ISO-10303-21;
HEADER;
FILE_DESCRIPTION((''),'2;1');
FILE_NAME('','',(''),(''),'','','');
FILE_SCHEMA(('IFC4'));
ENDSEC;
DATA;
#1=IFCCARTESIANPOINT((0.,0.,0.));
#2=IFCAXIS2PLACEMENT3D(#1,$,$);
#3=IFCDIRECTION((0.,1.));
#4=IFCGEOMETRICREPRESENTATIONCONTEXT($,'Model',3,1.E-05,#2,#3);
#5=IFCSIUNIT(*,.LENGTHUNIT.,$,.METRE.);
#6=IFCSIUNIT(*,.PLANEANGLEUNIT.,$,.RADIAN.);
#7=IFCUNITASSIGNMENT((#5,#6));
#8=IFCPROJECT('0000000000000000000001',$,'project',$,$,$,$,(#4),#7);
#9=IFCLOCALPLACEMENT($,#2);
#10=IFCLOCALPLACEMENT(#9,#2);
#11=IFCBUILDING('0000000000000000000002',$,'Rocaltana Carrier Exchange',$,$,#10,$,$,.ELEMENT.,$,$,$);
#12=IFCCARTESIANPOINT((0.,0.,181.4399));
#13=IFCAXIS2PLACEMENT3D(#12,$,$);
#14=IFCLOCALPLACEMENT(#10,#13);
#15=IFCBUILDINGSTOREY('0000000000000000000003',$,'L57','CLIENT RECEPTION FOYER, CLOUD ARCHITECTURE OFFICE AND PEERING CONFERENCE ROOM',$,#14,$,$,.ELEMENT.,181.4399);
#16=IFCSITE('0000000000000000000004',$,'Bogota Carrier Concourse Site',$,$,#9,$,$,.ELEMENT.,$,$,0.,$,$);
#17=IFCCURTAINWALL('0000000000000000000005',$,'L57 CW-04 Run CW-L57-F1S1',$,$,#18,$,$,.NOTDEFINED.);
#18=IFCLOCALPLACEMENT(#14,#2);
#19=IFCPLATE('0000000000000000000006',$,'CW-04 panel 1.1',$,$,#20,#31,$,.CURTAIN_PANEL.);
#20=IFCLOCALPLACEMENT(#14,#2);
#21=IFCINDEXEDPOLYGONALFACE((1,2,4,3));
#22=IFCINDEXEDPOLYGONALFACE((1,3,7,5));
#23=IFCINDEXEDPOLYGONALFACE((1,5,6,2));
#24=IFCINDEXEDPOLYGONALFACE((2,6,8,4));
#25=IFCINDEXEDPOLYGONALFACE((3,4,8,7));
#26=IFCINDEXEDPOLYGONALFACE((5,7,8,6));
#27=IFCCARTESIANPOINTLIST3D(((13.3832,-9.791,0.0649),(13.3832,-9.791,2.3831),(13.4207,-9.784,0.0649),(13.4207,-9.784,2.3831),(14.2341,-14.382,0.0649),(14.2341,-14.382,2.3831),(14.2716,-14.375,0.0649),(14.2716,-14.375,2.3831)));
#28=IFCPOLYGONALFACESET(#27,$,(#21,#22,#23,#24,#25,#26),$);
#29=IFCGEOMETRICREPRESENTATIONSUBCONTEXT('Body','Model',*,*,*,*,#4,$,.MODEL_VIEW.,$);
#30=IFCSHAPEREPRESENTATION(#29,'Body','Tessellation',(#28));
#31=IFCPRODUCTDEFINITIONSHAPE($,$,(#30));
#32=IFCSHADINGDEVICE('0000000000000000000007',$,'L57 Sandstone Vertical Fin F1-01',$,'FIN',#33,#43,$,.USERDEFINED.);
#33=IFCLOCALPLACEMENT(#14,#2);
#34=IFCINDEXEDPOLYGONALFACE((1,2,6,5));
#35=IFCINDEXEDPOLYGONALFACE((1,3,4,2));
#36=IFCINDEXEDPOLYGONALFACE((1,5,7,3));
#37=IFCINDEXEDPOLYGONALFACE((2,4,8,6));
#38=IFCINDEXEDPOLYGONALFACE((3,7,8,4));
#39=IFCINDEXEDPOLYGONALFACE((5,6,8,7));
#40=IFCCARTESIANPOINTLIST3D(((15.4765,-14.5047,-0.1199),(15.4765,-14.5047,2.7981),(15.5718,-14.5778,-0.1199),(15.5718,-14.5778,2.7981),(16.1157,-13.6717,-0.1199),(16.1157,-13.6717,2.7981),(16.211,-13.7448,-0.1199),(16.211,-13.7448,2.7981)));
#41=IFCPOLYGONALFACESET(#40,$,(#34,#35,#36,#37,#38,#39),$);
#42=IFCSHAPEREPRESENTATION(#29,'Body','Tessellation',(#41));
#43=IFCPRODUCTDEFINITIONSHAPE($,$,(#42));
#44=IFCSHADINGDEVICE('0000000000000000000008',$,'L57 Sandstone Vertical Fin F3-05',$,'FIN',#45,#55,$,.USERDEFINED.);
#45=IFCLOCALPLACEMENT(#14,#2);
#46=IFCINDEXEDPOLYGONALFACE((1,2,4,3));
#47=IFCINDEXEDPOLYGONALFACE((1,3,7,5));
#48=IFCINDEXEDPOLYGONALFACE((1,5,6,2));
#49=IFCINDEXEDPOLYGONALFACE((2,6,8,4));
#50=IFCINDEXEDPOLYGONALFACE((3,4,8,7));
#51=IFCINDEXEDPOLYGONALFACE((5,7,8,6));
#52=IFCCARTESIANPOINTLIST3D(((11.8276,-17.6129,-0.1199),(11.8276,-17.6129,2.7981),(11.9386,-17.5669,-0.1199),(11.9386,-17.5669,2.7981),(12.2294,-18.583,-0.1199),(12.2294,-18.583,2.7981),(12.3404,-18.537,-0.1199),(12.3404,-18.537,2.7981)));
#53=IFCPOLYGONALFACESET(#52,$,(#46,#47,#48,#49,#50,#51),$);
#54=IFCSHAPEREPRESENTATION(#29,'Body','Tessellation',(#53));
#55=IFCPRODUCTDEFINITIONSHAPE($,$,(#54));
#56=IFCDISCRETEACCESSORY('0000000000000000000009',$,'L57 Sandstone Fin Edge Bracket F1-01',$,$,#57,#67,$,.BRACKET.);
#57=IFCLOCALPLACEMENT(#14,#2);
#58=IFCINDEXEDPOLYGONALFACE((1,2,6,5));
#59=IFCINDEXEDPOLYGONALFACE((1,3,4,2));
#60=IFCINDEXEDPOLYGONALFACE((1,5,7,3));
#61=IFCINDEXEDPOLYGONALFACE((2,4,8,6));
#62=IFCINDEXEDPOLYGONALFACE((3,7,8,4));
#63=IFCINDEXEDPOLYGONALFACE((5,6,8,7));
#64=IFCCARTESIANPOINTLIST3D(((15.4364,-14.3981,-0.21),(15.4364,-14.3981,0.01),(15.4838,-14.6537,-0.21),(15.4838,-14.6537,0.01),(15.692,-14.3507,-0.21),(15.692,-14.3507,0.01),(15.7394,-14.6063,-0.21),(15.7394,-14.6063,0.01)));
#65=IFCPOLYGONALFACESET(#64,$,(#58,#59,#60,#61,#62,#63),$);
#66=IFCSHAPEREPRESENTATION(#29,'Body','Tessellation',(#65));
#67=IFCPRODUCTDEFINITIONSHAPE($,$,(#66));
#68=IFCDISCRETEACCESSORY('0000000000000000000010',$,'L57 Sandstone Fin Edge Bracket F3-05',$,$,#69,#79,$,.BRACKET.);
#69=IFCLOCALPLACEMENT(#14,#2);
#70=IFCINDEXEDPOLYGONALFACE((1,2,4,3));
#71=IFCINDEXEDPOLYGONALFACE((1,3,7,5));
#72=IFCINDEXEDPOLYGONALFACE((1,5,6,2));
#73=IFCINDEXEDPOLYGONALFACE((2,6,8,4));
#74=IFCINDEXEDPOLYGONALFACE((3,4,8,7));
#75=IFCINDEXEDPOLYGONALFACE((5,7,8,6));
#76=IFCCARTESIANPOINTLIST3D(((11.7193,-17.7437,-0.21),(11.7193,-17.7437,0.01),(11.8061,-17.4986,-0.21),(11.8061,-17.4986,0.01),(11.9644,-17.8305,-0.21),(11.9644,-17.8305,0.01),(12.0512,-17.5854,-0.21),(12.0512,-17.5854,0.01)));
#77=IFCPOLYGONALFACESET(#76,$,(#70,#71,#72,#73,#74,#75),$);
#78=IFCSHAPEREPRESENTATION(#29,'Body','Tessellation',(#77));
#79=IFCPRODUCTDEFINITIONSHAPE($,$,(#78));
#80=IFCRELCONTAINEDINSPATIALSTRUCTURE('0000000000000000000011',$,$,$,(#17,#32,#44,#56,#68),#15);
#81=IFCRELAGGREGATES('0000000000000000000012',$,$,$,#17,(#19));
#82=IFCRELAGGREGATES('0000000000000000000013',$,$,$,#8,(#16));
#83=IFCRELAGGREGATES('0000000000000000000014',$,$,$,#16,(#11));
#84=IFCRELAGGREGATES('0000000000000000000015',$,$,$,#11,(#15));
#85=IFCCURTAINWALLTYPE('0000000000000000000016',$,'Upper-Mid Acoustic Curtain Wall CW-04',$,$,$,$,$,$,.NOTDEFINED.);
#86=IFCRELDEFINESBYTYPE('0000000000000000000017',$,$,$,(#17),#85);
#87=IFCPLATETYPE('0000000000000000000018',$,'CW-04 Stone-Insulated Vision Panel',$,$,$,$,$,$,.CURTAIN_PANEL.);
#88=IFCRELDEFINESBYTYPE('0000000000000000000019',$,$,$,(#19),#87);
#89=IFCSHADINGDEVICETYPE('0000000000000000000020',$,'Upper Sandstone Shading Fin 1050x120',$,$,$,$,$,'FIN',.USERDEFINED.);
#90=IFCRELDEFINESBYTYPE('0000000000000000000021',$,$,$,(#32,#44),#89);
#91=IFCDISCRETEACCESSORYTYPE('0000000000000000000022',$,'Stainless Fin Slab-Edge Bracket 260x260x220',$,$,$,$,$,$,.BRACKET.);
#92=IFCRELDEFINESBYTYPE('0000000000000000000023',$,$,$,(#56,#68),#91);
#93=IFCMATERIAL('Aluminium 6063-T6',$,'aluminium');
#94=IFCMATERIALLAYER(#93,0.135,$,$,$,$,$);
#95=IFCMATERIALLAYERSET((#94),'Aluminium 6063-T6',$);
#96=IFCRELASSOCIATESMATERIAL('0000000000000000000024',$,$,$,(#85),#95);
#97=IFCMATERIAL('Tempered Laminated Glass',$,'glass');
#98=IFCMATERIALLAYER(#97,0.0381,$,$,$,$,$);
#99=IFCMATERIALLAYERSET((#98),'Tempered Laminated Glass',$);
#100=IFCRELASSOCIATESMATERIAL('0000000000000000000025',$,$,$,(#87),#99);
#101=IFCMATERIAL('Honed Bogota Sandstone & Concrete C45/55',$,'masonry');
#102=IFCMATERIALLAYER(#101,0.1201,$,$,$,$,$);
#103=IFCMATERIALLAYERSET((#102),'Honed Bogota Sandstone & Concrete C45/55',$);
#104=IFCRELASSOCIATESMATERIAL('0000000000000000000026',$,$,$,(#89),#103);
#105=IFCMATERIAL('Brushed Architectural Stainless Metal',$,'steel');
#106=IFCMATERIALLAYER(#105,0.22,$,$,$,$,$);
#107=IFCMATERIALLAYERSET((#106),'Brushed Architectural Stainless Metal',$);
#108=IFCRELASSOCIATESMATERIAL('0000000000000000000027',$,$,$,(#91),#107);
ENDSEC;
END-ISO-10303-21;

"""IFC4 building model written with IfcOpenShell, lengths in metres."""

from ifc_helpers import new_model, si_unit, direction, frame, origin, origin_2d, place, context, subcontext, project, spatial, rectangle, extrude, material, layer, layer_set, type_object, element, aggregate, save


model = new_model("IFC4")

# Units and contexts
model_context = context("Model", 3, precision=1e-05, world=origin(), true_north=direction((0.0, 1.0)))
body_context = subcontext(model_context, "Body", "Model", "MODEL_VIEW")
ifc_project = project(units=[si_unit("LENGTHUNIT", "METRE"), si_unit("PLANEANGLEUNIT", "RADIAN")], contexts=[model_context])

# Site, building, storey
site_placement = place(None, origin())
site = spatial("IfcSite", under=ifc_project, at=site_placement, Name="Bogota Carrier Concourse Site", CompositionType="ELEMENT", RefElevation=0.0)
building_placement = place(site_placement, origin())
building = spatial("IfcBuilding", under=site, at=building_placement, Name="Rocaltana Carrier Exchange", CompositionType="ELEMENT")
storey_placement = place(building_placement, frame((0.0, 0.0, 181.4399)))
storey = spatial("IfcBuildingStorey", under=building, at=storey_placement, Name="L57", Description="CLIENT RECEPTION FOYER, CLOUD ARCHITECTURE OFFICE AND PEERING CONFERENCE ROOM", CompositionType="ELEMENT", Elevation=181.4399)

# Curtain wall
ifc_material_1 = material(Name="Aluminium 6063-T6", Category="aluminium")
ifc_layer_1 = layer(ifc_material_1, 0.135)
ifc_layer_set_1 = layer_set([ifc_layer_1], Name="Aluminium 6063-T6")
curtain_wall_type = type_object("IfcCurtainWallType", Name="Upper-Mid Acoustic Curtain Wall CW-04", PredefinedType="NOTDEFINED", material=ifc_layer_set_1)
curtain_wall_1_placement = place(storey_placement, origin())
curtain_wall_1 = element("IfcCurtainWall", 1, at=curtain_wall_1_placement, inside=storey, type_object=curtain_wall_type, Name="L57 CW-04 Run CW-L57-F1S1", PredefinedType="NOTDEFINED")

# Plate
ifc_material_2 = material(Name="Tempered Laminated Glass", Category="glass")
ifc_layer_2 = layer(ifc_material_2, 0.0381)
ifc_layer_set_2 = layer_set([ifc_layer_2], Name="Tempered Laminated Glass")
plate_type = type_object("IfcPlateType", Name="CW-04 Stone-Insulated Vision Panel", PredefinedType="CURTAIN_PANEL", material=ifc_layer_set_2)
plate_placement = place(storey_placement, frame((13.8274, -12.083, 0.0649), z_axis=(0.0, 0.0, 1.0), x_axis=(-0.182234, 0.983255, 0.0)))
plate = element("IfcPlate", 2, at=plate_placement, type_object=plate_type, Name="CW-04 panel 1.1", PredefinedType="CURTAIN_PANEL", context=body_context, shape_type="SweptSolid", body=[
    extrude(rectangle(XDim=4.6692, YDim=0.0381, at=origin_2d()), origin(), (0.0, 0.0, 1.0), 2.3181),
])
aggregate(curtain_wall_1, [plate])

# Shading devices
ifc_material_3 = material(Name="Honed Bogota Sandstone & Concrete C45/55", Category="masonry")
ifc_layer_3 = layer(ifc_material_3, 0.1201)
ifc_layer_set_3 = layer_set([ifc_layer_3], Name="Honed Bogota Sandstone & Concrete C45/55")
shading_device_type = type_object("IfcShadingDeviceType", Name="Upper Sandstone Shading Fin 1050x120", ElementType="FIN", PredefinedType="USERDEFINED", material=ifc_layer_set_3)
for number, where, z_axis, x_axis, name in (
    (3, (15.8438, -14.1248, -0.1199), (0.0, 0.0, 1.0), (0.608761, 0.793353, 0.0), "L57 Sandstone Vertical Fin F1-01"),
    (4, (12.084, -18.075, -0.1199), (0.0, 0.0, 1.0), (0.382683, -0.92388, 0.0), "L57 Sandstone Vertical Fin F3-05"),
):
    element("IfcShadingDevice", number, at=place(storey_placement, frame(where, z_axis=z_axis, x_axis=x_axis)), inside=storey, type_object=shading_device_type, Name=name, ObjectType="FIN", PredefinedType="USERDEFINED", context=body_context, shape_type="SweptSolid", body=[
        extrude(rectangle(XDim=1.05, YDim=0.1201, at=origin_2d()), origin(), (0.0, 0.0, 1.0), 2.918),
    ])

# Discrete accessories
ifc_material_4 = material(Name="Brushed Architectural Stainless Metal", Category="steel")
ifc_layer_4 = layer(ifc_material_4, 0.22)
ifc_layer_set_4 = layer_set([ifc_layer_4], Name="Brushed Architectural Stainless Metal")
discrete_accessory_type = type_object("IfcDiscreteAccessoryType", Name="Stainless Fin Slab-Edge Bracket 260x260x220", PredefinedType="BRACKET", material=ifc_layer_set_4)
for number, where, z_axis, x_axis, name in (
    (5, (15.5879, -14.5022, -0.21), (0.0, 0.0, 1.0), (-0.182236, 0.983255, 0.0), "L57 Sandstone Fin Edge Bracket F1-01"),
    (6, (11.8853, -17.6646, -0.21), (0.0, 0.0, 1.0), (0.942641, -0.333807, 0.0), "L57 Sandstone Fin Edge Bracket F3-05"),
):
    element("IfcDiscreteAccessory", number, at=place(storey_placement, frame(where, z_axis=z_axis, x_axis=x_axis)), inside=storey, type_object=discrete_accessory_type, Name=name, PredefinedType="BRACKET", context=body_context, shape_type="SweptSolid", body=[
        extrude(rectangle(XDim=0.26, YDim=0.26, at=origin_2d()), origin(), (0.0, 0.0, 1.0), 0.22),
    ])

save(model, "model.ifc")
